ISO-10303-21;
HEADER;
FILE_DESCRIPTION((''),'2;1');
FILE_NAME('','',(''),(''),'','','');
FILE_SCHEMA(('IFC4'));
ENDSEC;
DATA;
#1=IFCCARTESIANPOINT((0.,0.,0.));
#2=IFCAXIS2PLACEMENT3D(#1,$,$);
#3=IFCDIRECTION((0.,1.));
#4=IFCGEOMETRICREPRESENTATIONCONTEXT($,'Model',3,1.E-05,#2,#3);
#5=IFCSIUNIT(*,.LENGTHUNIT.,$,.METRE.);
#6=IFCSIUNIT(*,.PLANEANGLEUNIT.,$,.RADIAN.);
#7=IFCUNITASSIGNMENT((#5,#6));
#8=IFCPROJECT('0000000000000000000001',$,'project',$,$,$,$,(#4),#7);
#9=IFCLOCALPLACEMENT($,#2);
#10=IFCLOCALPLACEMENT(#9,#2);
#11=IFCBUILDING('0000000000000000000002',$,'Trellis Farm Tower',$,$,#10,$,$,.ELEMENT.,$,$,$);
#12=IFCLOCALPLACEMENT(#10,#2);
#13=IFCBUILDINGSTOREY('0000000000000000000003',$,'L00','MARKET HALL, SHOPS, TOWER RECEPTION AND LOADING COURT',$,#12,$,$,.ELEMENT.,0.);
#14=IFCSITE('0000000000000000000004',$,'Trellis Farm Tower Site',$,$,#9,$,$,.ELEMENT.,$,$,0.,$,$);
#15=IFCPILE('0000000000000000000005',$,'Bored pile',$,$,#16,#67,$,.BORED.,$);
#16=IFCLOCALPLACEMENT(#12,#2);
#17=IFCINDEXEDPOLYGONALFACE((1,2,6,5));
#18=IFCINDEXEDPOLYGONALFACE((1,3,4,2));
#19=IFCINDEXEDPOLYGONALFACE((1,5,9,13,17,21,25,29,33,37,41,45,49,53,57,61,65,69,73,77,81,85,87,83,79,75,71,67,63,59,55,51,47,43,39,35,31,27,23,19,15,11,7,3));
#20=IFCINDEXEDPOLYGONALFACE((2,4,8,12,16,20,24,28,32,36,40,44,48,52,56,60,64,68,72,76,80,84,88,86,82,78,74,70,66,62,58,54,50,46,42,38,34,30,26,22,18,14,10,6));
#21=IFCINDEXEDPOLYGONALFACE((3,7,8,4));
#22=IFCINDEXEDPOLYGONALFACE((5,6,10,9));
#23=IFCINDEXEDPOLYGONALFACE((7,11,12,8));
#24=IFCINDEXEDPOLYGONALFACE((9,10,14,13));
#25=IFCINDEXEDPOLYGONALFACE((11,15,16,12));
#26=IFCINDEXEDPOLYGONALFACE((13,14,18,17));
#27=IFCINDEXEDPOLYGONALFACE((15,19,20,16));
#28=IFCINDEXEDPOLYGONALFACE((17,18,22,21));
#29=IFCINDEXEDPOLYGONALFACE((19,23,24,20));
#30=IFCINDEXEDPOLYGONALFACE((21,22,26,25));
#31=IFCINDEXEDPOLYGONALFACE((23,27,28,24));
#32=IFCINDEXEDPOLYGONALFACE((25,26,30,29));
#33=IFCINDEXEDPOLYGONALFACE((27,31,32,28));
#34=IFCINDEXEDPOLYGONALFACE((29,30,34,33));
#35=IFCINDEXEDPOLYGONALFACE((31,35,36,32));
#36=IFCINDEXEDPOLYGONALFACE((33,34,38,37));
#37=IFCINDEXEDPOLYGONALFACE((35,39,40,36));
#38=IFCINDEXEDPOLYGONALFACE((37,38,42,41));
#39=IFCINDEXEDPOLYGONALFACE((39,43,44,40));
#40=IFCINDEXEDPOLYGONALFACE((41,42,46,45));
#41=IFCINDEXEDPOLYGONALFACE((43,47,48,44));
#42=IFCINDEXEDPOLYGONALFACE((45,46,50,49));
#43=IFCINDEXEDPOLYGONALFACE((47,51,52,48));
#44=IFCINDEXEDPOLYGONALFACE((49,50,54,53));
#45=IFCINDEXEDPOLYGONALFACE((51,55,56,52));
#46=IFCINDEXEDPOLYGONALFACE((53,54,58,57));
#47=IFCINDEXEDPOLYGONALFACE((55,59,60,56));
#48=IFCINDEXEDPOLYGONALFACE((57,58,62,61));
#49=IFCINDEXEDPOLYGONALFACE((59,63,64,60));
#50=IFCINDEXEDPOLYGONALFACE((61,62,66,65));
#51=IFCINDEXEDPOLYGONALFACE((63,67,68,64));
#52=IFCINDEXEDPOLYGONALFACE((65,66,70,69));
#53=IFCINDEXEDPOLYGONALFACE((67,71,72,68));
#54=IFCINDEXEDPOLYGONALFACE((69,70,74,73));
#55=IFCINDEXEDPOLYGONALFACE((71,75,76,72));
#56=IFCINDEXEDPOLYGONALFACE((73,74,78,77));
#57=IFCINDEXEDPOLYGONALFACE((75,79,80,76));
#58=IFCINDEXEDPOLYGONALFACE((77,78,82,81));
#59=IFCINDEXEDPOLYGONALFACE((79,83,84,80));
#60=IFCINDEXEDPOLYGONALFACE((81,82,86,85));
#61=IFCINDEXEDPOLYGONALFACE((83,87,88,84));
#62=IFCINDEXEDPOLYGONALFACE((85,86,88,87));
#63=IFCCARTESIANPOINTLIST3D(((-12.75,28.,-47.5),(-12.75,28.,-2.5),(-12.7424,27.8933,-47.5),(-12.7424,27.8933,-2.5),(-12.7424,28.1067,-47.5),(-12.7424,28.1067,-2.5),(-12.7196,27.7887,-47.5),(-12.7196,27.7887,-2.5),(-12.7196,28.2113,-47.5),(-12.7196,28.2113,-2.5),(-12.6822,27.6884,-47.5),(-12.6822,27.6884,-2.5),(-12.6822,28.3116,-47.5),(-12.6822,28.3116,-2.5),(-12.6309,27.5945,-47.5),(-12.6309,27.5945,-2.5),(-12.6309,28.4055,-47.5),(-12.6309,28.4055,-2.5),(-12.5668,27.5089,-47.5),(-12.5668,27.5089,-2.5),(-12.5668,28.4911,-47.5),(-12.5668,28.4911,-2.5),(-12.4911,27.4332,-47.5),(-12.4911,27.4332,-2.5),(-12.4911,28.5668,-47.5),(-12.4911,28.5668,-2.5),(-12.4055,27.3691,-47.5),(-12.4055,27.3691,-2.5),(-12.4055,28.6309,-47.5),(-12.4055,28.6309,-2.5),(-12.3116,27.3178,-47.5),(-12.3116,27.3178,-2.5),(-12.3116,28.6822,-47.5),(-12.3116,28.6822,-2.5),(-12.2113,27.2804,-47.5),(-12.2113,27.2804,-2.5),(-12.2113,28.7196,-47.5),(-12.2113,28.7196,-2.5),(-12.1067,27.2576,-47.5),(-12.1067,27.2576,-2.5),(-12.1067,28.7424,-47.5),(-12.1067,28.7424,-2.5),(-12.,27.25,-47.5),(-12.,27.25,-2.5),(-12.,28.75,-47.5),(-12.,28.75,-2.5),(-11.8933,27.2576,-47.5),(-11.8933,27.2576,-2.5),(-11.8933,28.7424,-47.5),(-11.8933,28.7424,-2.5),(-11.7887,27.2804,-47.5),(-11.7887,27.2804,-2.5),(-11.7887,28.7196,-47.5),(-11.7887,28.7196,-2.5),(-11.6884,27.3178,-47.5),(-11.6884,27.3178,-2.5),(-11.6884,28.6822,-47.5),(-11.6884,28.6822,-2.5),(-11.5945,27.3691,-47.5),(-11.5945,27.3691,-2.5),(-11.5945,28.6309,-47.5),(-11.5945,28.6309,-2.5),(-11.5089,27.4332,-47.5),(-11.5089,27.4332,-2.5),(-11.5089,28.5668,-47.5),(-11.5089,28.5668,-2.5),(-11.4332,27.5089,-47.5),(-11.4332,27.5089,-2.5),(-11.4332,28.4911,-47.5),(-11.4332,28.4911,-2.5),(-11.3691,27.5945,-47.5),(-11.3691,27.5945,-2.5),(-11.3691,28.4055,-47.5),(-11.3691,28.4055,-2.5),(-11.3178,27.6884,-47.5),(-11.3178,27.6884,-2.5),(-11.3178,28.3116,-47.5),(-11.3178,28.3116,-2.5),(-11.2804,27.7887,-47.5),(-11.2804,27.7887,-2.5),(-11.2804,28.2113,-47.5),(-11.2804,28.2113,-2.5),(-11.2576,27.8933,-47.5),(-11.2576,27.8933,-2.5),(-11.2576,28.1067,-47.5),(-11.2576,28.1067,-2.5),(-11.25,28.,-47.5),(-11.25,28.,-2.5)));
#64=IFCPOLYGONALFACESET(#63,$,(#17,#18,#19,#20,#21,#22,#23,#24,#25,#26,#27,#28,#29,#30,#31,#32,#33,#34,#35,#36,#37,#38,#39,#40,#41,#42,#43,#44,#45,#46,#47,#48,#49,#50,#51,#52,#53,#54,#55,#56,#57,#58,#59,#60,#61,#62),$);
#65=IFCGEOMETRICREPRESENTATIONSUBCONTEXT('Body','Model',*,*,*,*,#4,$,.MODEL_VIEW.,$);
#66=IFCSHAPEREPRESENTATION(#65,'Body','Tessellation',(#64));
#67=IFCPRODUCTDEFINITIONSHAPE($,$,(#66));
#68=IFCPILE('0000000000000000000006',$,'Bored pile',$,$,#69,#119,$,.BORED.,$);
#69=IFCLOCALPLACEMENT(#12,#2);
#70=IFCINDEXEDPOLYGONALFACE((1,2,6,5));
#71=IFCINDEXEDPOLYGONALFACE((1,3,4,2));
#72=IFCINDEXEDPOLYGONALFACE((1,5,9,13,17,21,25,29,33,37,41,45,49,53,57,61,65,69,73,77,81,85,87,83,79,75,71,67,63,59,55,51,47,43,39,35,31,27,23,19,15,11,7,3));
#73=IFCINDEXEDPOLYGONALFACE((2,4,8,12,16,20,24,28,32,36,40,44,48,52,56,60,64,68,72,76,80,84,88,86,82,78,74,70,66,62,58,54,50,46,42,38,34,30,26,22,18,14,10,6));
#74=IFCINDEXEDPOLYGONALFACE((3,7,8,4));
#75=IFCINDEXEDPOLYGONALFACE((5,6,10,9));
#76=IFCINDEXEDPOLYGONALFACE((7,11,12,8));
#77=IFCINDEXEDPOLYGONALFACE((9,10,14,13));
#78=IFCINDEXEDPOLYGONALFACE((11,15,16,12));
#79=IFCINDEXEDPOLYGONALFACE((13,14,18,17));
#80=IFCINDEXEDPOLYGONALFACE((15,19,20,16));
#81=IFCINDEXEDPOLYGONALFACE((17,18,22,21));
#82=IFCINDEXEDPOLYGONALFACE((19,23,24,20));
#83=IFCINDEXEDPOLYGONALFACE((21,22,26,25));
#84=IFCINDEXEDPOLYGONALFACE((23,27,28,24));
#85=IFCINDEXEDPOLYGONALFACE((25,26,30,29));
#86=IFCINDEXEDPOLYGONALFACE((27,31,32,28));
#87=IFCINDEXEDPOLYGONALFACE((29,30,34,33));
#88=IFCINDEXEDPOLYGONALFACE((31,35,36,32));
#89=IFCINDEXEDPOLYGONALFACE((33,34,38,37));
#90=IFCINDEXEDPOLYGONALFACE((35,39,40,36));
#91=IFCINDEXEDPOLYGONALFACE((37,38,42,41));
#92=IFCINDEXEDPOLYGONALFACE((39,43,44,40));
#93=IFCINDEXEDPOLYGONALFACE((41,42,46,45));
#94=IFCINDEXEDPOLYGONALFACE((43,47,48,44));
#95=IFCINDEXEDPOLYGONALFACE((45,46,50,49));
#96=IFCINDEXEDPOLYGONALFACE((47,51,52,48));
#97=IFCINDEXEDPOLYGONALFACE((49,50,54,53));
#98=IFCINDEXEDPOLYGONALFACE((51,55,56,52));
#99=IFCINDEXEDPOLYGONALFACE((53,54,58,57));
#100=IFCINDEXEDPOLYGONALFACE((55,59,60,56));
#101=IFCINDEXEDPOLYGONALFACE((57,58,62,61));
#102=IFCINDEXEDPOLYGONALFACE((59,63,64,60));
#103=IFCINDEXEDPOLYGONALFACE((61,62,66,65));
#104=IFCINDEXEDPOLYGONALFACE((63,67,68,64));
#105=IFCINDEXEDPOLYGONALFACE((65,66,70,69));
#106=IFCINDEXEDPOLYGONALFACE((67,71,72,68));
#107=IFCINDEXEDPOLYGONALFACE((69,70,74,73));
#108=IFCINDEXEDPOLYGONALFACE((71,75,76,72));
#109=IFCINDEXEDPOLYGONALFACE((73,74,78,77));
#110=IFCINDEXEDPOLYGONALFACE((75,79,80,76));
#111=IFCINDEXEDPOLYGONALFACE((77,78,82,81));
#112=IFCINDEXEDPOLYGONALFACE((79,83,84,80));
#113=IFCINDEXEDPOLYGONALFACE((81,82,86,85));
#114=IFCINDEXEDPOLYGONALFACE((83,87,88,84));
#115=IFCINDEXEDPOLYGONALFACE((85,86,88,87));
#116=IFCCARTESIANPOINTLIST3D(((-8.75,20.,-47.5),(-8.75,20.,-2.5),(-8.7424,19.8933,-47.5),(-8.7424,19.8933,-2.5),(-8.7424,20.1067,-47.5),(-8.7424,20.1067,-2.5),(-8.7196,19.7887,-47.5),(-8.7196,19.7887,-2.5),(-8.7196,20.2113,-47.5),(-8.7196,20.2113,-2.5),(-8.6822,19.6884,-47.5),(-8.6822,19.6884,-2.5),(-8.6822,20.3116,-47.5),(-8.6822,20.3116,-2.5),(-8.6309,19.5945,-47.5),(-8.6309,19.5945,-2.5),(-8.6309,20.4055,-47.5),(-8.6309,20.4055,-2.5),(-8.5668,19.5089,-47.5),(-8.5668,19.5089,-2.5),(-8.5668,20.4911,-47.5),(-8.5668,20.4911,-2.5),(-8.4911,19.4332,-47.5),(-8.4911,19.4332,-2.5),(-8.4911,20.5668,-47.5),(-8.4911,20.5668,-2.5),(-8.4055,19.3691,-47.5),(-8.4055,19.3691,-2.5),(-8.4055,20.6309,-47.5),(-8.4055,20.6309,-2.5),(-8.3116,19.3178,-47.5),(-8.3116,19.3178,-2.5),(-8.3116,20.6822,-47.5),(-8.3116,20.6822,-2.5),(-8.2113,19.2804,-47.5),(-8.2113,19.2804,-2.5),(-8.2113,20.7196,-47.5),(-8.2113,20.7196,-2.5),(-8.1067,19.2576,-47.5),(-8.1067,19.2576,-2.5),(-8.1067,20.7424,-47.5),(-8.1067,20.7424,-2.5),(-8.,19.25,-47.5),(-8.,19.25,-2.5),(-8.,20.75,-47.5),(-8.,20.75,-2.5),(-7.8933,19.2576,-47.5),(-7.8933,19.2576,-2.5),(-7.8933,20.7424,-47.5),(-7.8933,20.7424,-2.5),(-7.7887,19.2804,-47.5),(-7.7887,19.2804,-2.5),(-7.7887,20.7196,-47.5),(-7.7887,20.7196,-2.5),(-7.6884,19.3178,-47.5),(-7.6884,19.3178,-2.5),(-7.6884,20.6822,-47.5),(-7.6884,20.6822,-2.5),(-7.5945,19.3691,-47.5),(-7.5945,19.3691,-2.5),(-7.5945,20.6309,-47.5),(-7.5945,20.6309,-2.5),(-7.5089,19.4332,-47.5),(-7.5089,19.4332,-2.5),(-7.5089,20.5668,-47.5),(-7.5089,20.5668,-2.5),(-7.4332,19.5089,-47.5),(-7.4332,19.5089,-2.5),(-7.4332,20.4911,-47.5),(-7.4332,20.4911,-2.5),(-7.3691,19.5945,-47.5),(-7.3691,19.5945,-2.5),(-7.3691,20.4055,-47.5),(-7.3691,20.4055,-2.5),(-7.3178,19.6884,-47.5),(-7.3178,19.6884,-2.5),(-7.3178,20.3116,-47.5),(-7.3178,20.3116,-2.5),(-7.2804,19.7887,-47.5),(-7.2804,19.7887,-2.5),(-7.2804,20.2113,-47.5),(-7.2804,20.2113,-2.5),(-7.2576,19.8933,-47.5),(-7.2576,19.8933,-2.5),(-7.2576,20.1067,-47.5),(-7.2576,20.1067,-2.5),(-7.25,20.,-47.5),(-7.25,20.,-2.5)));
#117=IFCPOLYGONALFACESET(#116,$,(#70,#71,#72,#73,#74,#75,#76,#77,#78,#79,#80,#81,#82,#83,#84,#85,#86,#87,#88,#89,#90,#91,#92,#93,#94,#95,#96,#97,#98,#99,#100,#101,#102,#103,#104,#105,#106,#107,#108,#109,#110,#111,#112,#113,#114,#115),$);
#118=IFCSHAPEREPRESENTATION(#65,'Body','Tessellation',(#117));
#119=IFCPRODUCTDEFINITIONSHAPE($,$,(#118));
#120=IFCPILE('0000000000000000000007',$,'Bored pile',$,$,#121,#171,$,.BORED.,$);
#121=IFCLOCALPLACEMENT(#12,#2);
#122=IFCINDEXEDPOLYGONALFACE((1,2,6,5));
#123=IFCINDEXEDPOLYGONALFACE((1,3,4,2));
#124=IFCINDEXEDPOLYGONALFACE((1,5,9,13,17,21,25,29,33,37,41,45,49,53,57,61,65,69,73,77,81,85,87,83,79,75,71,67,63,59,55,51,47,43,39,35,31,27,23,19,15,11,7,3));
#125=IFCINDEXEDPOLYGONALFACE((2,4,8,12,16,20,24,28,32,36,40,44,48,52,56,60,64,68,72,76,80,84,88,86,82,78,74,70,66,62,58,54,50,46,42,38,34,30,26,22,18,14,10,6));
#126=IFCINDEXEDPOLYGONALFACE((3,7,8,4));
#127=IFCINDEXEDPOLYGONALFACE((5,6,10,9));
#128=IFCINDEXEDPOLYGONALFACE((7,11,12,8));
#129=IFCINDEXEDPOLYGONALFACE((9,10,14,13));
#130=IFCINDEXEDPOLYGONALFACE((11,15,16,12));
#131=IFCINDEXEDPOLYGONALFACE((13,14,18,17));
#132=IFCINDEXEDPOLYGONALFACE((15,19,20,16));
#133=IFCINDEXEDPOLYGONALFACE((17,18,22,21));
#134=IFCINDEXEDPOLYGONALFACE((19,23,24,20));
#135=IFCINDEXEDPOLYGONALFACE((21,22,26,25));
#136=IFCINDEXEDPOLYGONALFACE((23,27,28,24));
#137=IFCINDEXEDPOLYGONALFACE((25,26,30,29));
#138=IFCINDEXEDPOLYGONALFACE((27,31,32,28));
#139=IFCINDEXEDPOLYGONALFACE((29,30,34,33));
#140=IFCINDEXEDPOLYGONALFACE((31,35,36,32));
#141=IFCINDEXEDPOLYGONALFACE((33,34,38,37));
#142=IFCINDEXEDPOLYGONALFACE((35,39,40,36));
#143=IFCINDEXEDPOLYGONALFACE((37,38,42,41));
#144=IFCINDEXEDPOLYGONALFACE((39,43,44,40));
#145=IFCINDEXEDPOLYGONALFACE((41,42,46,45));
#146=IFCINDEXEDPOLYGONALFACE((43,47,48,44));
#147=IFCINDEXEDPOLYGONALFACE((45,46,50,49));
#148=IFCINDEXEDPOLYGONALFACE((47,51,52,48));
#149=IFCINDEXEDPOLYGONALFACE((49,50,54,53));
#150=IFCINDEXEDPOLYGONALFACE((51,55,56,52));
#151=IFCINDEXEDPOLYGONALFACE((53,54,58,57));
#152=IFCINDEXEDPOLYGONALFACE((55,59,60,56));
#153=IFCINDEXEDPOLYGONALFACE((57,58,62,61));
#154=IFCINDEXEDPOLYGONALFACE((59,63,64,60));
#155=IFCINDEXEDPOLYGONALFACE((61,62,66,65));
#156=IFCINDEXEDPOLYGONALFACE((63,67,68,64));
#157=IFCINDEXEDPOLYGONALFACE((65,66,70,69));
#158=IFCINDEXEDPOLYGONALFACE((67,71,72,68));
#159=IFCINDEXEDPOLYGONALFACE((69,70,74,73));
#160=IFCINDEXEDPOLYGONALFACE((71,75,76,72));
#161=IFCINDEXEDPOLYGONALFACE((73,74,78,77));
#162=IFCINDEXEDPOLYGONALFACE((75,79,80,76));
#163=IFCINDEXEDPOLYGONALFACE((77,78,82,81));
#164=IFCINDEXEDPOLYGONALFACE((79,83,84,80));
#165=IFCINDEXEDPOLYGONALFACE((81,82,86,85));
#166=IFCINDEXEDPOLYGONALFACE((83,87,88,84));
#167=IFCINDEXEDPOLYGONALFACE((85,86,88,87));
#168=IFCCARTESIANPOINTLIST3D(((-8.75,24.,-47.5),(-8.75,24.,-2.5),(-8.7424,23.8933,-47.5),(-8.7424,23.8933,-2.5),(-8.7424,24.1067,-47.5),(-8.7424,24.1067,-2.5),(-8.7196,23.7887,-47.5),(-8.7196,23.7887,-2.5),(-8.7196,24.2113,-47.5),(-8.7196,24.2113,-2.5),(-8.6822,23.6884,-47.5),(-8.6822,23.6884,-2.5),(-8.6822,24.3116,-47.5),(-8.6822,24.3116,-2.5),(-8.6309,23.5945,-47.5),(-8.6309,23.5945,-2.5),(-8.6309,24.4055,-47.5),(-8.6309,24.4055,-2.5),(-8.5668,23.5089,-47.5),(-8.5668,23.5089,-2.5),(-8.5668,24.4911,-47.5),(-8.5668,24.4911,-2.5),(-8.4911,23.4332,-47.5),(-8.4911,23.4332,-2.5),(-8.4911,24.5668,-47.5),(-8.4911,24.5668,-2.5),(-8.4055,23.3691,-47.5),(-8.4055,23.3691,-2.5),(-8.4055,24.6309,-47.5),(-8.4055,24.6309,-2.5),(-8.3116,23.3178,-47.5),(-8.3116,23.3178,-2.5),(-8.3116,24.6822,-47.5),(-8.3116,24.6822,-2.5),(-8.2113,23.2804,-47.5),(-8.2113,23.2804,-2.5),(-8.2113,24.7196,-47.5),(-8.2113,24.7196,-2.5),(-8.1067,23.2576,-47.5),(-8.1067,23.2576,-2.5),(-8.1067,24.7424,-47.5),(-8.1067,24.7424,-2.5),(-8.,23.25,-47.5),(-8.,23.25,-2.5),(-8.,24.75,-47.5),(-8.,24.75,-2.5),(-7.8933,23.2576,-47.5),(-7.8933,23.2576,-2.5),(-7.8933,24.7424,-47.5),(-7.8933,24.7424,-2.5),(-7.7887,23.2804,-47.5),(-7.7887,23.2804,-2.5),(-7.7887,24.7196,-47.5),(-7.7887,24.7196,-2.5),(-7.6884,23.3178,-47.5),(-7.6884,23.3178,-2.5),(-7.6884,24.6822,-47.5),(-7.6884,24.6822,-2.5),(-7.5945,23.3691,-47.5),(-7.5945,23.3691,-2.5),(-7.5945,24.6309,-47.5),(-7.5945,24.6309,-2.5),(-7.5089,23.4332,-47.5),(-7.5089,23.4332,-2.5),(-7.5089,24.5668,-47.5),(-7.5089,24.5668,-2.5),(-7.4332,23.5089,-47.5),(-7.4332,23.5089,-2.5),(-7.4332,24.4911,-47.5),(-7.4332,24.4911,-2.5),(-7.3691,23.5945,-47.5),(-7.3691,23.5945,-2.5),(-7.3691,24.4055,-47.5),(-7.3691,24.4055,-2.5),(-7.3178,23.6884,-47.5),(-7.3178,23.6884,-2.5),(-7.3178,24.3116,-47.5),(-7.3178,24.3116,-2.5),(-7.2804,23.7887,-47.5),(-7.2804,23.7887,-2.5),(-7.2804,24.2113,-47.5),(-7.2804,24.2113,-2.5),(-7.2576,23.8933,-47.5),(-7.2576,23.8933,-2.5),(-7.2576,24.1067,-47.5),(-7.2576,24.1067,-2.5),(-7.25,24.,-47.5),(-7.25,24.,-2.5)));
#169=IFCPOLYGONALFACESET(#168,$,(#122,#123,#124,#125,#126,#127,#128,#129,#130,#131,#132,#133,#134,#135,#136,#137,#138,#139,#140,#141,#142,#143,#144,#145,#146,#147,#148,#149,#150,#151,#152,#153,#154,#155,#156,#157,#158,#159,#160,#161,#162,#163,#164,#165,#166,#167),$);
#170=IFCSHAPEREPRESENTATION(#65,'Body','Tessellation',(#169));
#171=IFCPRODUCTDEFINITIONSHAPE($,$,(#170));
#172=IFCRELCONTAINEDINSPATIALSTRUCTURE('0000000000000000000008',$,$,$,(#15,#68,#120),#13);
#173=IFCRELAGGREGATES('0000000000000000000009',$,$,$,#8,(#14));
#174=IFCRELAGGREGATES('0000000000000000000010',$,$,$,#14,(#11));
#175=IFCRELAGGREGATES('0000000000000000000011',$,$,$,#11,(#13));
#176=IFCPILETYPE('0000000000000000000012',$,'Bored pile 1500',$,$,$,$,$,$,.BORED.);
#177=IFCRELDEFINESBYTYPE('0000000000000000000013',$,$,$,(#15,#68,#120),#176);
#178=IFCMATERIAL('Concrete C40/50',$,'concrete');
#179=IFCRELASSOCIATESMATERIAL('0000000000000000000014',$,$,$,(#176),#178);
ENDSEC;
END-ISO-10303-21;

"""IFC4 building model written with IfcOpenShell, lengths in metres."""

from ifc_helpers import new_model, si_unit, direction, frame, origin, origin_2d, place, context, subcontext, project, spatial, circle, extrude, source, transform, mapped, material, material_profile, profile_set, type_object, element, save


model = new_model("IFC4")

# Units and contexts
model_context = context("Model", 3, precision=1e-05, world=origin(), true_north=direction((0.0, 1.0)))
body_context = subcontext(model_context, "Body", "Model", "MODEL_VIEW")
ifc_project = project(units=[si_unit("LENGTHUNIT", "METRE"), si_unit("PLANEANGLEUNIT", "RADIAN")], contexts=[model_context])

# Site, building, storey
site_placement = place(None, origin())
site = spatial("IfcSite", under=ifc_project, at=site_placement, Name="Trellis Farm Tower Site", CompositionType="ELEMENT", RefElevation=0.0)
building_placement = place(site_placement, origin())
building = spatial("IfcBuilding", under=site, at=building_placement, Name="Trellis Farm Tower", CompositionType="ELEMENT")
storey_placement = place(building_placement, origin())
storey = spatial("IfcBuildingStorey", under=building, at=storey_placement, Name="L00", Description="MARKET HALL, SHOPS, TOWER RECEPTION AND LOADING COURT", CompositionType="ELEMENT", Elevation=0.0)

# Piles
ifc_material_1 = material(Name="Concrete C40/50", Category="concrete")
ifc_material_profile_1 = material_profile(ifc_material_1, circle(Radius=0.75, at=origin_2d()), Name="Bored pile 1500")
ifc_profile_set_1 = profile_set([ifc_material_profile_1], Name="Concrete C40/50")
pile_type = type_object("IfcPileType", Name="Bored pile 1500", PredefinedType="BORED", material=ifc_profile_set_1)
shared_shape_1 = source(origin(), body_context, "Body", "SweptSolid", [
    extrude(circle(Radius=0.75, at=origin_2d()), origin(), (0.0, 0.0, 1.0), 45.0),
])
for number, where, z_axis, x_axis, name in (
    (1, (-12.0, 28.0, -2.5), (0.0, 0.0, -1.0), (1.0, 0.0, 0.0), "Bored pile"),
    (2, (-8.0, 20.0, -2.5), (0.0, 0.0, -1.0), (1.0, 0.0, 0.0), "Bored pile"),
    (3, (-8.0, 24.0, -2.5), (0.0, 0.0, -1.0), (1.0, 0.0, 0.0), "Bored pile"),
):
    element("IfcPile", number, at=place(storey_placement, frame(where, z_axis=z_axis, x_axis=x_axis)), inside=storey, type_object=pile_type, Name=name, PredefinedType="BORED", context=body_context, shape_type="MappedRepresentation", body=[
        mapped(shared_shape_1, transform((0.0, 0.0, 0.0))),
    ])

save(model, "model.ifc")
